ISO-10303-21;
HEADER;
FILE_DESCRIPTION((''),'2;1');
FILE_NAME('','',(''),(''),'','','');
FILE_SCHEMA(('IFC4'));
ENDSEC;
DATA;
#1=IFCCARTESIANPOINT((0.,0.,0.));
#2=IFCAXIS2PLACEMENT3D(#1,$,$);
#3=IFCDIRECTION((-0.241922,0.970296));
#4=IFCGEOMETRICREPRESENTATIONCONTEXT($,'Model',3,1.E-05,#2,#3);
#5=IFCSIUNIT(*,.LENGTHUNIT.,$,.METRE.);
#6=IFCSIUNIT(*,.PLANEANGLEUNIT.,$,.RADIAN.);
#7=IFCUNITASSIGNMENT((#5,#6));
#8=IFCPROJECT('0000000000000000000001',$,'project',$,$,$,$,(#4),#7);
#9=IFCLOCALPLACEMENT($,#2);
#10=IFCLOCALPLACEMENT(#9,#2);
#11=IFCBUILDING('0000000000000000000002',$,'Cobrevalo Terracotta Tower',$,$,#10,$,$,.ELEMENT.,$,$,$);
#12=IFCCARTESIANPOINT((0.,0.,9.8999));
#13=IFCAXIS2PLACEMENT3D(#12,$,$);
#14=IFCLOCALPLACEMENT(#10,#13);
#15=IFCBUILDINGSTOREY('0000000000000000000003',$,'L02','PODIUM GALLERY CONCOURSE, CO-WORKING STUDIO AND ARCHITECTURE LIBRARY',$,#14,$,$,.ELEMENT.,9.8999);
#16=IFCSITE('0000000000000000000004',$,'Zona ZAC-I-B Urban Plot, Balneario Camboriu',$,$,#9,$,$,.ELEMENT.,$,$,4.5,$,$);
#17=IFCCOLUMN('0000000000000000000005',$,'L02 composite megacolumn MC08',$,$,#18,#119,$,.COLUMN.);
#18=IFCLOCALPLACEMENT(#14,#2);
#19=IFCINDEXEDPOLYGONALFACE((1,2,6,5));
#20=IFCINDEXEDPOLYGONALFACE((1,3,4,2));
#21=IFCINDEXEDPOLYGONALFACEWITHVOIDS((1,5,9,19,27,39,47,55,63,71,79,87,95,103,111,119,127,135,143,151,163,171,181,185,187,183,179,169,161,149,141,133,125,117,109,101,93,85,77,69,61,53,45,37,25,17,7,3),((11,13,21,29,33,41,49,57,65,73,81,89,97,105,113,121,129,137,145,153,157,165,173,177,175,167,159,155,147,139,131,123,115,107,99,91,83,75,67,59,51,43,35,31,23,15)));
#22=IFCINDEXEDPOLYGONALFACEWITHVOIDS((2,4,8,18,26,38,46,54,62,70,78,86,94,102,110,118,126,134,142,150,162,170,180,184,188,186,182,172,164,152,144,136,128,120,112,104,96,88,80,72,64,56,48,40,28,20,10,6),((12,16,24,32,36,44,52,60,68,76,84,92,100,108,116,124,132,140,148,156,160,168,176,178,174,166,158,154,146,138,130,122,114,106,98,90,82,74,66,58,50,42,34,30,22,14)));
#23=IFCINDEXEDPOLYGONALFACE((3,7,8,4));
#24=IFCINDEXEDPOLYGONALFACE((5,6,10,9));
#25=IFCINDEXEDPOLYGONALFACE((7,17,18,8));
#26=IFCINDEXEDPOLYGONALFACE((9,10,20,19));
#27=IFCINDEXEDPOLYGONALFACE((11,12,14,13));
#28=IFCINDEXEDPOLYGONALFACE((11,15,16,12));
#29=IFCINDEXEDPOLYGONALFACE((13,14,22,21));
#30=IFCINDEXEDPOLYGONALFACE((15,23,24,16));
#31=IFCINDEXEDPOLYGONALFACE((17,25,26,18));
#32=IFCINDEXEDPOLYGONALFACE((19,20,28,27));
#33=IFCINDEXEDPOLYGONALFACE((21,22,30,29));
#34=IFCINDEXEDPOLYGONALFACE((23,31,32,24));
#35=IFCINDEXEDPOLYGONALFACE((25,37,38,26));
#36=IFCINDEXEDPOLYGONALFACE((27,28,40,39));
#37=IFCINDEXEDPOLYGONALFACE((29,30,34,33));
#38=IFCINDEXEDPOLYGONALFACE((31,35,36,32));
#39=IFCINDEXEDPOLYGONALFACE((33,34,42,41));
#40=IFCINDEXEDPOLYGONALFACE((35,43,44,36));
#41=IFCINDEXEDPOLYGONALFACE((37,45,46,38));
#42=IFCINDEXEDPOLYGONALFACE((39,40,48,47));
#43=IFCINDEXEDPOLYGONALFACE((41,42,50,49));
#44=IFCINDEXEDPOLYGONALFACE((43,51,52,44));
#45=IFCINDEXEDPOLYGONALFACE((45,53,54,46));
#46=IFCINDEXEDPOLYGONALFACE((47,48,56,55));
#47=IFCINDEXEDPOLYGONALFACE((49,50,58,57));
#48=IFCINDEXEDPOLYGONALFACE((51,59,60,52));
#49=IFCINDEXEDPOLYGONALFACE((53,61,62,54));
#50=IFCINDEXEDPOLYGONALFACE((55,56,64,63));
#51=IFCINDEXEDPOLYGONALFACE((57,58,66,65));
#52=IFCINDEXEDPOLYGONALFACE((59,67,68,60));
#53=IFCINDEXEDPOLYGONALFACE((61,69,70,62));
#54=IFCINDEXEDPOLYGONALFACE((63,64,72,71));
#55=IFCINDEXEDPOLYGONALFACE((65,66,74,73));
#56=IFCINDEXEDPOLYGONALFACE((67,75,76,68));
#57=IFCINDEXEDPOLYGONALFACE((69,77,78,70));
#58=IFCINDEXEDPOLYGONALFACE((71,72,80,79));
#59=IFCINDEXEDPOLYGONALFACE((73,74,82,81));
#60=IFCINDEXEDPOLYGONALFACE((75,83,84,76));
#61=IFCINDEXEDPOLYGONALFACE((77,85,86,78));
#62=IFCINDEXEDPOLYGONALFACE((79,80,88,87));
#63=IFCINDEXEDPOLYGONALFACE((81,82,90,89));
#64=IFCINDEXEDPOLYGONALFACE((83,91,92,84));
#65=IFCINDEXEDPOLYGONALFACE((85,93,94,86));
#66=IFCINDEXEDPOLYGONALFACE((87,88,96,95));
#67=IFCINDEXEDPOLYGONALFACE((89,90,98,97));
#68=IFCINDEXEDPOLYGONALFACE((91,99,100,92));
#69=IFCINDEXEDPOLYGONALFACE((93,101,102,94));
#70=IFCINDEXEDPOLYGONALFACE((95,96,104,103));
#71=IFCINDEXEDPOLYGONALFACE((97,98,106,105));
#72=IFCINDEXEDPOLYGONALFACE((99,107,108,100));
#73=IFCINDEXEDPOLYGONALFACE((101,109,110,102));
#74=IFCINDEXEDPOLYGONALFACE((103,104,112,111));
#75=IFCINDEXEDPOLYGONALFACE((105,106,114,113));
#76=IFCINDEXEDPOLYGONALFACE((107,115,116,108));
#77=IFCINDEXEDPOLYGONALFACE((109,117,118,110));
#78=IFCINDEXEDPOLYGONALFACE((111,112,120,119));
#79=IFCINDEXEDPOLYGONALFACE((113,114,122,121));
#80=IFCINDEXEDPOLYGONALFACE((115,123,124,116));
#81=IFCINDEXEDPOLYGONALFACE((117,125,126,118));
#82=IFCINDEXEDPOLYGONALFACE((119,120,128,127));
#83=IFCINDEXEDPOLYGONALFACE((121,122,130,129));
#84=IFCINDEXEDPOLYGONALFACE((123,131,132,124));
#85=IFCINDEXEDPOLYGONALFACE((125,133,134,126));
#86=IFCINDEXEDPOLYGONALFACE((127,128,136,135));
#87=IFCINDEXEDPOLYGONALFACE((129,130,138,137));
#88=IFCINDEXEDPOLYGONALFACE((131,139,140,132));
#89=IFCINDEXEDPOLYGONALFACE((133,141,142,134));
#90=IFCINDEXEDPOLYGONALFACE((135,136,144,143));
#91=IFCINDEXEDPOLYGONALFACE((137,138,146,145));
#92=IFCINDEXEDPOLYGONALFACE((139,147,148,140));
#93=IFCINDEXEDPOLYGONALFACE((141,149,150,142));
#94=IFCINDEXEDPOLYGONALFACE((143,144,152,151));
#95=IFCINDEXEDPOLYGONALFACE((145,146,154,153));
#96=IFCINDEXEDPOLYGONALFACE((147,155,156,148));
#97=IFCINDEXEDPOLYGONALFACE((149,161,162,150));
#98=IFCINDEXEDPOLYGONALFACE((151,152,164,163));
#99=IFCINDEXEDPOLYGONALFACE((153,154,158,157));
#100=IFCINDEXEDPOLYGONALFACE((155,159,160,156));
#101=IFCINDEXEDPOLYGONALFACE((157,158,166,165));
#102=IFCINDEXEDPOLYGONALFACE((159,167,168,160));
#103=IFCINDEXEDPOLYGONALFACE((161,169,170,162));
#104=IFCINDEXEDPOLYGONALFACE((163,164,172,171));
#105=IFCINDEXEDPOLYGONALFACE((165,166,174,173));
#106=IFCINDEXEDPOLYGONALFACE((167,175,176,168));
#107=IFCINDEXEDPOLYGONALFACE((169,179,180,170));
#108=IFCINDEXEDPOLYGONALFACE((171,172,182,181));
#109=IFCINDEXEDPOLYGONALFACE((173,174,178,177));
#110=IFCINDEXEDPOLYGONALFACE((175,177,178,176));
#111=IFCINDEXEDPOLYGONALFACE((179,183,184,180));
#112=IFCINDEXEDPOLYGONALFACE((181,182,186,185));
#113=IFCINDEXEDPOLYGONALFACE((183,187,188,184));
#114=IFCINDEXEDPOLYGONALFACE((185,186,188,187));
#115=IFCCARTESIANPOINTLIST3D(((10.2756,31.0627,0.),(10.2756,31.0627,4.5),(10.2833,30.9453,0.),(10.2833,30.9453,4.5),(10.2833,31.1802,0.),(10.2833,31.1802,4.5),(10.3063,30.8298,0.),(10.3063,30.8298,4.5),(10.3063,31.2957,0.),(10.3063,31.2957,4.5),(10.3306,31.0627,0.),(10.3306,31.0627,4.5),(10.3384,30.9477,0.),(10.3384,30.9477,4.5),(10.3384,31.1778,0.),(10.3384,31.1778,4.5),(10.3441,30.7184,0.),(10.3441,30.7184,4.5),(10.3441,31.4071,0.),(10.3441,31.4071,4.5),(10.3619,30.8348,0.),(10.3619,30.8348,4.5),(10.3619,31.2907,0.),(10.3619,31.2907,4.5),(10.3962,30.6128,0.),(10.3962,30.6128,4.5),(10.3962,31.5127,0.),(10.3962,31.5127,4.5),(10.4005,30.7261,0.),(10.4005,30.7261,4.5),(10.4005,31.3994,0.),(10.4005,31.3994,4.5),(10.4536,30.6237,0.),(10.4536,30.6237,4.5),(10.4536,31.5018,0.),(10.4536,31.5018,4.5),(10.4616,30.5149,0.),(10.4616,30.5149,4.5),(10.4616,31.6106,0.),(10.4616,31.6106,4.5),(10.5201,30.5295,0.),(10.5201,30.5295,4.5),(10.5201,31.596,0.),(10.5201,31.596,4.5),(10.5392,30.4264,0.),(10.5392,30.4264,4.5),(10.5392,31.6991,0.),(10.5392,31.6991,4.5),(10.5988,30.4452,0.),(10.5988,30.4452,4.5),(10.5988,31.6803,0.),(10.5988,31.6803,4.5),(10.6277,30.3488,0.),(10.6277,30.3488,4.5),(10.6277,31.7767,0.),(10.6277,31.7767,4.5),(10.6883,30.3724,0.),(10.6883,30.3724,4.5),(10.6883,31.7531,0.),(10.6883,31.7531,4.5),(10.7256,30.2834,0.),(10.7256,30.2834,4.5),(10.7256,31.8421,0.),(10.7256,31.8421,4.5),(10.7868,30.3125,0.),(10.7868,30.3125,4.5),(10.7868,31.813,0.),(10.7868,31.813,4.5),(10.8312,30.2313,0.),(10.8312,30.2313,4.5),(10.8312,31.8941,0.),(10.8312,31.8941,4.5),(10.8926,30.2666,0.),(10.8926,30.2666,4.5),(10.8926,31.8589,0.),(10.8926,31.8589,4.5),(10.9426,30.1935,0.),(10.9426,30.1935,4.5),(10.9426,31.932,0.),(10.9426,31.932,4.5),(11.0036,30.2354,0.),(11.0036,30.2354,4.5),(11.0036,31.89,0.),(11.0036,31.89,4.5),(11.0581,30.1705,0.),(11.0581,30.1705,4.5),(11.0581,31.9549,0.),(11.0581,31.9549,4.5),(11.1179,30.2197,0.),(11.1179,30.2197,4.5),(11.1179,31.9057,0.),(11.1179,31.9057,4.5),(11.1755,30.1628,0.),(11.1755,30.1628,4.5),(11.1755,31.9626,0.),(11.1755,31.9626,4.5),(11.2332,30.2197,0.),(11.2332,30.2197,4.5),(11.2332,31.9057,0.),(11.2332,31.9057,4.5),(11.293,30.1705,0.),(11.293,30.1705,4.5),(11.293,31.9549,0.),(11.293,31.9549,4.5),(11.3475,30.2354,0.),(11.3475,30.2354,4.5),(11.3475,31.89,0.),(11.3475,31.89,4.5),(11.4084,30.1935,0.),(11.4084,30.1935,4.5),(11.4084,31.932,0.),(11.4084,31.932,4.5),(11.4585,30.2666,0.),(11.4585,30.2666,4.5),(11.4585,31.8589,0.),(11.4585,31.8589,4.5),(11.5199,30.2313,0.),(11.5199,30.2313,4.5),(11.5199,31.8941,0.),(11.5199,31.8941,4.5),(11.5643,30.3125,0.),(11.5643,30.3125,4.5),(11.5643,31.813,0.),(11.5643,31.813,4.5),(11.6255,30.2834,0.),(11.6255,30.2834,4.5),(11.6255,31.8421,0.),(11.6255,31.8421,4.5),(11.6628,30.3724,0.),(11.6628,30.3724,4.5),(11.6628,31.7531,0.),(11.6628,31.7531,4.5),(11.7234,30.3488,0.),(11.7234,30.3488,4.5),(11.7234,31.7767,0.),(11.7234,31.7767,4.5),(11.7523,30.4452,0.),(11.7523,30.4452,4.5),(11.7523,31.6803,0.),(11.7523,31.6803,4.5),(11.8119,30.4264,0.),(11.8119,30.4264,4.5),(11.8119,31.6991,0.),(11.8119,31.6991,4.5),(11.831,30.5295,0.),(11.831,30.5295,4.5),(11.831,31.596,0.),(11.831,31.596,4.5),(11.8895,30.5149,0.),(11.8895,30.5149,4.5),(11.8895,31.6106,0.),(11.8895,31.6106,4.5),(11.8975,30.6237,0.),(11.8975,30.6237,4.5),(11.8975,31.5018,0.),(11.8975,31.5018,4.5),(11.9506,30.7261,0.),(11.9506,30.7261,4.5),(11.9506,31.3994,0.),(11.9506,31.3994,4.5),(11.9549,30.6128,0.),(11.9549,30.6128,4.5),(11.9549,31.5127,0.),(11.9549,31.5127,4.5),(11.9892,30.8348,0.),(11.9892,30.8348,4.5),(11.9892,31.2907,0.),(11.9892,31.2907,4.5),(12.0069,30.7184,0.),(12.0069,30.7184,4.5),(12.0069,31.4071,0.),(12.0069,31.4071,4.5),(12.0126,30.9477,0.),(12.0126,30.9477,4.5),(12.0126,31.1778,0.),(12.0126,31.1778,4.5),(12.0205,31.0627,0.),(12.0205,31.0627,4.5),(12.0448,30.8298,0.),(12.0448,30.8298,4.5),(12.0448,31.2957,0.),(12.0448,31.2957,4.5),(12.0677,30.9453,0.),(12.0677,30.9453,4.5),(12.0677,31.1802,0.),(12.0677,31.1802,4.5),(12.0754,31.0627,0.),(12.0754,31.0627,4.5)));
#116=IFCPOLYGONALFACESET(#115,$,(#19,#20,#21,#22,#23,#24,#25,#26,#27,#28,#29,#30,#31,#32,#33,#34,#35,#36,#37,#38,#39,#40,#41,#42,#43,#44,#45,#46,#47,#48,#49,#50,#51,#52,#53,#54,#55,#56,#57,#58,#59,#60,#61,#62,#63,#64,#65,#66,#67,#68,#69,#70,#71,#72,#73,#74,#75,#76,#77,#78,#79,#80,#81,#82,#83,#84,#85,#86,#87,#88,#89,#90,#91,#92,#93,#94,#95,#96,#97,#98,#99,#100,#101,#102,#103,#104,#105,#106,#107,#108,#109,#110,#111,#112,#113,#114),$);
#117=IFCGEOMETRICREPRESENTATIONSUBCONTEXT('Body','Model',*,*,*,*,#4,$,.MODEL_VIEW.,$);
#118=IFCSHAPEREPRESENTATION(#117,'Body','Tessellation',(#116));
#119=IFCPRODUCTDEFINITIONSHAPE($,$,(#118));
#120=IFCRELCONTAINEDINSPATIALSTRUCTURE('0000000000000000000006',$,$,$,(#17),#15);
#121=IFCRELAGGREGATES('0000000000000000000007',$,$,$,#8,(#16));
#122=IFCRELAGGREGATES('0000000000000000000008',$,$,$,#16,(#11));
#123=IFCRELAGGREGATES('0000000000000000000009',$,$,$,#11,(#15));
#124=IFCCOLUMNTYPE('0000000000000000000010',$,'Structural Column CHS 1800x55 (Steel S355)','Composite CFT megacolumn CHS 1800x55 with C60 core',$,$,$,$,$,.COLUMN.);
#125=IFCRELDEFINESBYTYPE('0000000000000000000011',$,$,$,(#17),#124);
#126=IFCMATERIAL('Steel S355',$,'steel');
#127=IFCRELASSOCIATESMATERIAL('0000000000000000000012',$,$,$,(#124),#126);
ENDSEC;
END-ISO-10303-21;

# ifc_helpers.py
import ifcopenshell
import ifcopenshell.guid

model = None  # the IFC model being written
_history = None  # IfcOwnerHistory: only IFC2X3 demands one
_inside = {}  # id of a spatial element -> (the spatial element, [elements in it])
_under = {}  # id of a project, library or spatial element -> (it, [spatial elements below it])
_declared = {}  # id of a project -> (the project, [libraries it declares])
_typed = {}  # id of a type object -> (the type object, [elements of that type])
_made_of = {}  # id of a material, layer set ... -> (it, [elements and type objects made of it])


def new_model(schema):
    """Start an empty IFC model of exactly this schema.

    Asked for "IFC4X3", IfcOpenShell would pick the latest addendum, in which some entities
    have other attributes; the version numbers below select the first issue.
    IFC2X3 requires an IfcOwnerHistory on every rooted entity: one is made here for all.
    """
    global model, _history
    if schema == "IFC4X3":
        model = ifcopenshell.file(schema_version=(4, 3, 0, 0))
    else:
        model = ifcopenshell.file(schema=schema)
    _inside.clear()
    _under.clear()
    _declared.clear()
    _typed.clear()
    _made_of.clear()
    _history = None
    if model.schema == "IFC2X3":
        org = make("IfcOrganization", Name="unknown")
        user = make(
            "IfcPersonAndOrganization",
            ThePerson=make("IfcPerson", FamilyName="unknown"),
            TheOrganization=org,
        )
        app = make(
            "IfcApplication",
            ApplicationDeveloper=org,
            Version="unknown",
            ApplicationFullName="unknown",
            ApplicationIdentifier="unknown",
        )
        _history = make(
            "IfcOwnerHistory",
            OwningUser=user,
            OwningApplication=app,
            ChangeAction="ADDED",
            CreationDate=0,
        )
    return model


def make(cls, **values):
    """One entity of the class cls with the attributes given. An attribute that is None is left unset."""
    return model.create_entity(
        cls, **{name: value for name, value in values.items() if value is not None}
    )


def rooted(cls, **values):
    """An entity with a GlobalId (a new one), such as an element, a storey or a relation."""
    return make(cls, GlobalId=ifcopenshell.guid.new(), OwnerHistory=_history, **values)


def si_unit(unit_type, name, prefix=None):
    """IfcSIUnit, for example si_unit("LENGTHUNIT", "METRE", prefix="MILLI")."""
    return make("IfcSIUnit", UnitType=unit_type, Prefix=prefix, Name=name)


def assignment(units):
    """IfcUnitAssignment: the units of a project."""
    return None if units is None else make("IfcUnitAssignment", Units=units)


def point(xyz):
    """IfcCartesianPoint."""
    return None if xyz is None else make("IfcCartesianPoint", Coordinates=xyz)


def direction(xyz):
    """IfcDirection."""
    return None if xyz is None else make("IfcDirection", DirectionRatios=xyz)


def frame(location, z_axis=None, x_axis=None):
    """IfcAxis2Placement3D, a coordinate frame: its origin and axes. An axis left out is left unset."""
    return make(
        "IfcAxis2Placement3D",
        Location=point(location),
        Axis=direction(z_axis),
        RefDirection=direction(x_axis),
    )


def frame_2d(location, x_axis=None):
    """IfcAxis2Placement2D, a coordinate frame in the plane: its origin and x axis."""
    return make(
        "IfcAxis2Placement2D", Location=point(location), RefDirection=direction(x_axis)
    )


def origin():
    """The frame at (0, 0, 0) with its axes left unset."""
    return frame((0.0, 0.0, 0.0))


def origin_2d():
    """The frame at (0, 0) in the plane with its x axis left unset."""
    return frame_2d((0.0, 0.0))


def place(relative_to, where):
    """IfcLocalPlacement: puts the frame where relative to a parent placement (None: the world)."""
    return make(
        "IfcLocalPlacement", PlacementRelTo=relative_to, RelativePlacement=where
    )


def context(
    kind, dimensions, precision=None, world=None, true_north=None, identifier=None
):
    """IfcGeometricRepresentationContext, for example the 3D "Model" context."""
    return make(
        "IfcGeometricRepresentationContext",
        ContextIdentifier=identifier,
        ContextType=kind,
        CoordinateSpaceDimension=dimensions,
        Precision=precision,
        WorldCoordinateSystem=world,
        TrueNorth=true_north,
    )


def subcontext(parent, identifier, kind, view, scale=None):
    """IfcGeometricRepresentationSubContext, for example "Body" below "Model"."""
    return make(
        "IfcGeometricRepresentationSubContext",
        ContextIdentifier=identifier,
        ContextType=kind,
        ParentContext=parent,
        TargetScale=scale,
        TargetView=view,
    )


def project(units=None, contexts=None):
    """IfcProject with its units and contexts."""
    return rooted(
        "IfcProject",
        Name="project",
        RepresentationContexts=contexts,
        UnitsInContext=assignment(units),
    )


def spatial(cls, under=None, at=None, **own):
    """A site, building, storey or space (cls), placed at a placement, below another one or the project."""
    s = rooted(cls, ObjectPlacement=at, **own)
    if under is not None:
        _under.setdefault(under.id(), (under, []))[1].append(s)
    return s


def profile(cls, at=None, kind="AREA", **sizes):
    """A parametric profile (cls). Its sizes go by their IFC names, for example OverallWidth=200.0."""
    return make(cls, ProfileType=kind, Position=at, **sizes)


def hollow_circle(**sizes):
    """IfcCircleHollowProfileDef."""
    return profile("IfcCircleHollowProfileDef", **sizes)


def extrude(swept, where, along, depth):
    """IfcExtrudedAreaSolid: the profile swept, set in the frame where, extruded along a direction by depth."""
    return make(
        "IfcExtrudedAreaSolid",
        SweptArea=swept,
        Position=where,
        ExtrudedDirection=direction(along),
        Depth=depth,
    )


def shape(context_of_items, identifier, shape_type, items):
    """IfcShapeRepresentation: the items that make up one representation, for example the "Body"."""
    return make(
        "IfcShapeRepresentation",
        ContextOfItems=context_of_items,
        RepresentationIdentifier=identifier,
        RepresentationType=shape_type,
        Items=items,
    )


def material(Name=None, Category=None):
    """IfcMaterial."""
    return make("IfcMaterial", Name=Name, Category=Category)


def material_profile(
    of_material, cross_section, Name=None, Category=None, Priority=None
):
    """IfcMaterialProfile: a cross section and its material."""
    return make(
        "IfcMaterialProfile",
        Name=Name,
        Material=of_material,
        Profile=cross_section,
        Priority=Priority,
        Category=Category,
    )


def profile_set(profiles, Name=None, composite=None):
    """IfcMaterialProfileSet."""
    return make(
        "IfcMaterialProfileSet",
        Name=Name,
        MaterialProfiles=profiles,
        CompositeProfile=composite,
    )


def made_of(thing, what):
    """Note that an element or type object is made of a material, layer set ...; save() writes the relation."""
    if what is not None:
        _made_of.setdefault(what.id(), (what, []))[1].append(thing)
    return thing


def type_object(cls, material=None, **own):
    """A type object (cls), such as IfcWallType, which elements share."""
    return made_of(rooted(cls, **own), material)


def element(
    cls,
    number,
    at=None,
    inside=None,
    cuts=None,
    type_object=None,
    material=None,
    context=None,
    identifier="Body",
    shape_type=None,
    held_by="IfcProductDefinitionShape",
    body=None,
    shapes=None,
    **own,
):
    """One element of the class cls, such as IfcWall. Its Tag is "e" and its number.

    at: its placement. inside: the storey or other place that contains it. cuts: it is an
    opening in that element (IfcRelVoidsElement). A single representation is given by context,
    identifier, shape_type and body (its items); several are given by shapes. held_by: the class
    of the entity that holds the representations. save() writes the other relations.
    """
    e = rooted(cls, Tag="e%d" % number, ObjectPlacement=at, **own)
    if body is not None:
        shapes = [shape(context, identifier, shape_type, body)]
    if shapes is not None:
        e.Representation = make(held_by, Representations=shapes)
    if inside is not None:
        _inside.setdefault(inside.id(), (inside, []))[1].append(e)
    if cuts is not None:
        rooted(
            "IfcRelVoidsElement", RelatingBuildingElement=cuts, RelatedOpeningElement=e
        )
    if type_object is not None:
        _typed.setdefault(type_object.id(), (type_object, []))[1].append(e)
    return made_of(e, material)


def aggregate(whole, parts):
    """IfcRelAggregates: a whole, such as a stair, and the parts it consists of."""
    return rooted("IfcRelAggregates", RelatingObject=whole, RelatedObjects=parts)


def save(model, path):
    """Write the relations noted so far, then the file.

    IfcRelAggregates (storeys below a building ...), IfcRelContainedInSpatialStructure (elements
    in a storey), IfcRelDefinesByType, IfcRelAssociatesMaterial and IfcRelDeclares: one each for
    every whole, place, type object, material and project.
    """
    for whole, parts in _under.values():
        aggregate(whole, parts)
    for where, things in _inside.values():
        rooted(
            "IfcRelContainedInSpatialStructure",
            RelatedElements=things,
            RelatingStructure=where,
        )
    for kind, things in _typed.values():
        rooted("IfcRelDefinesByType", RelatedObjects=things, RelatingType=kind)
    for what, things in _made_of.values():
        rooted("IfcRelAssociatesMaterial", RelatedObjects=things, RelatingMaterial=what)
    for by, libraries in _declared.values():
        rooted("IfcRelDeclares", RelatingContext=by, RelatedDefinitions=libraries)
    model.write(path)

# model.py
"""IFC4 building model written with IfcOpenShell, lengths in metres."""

from ifc_helpers import new_model, si_unit, direction, frame, origin, origin_2d, place, context, subcontext, project, spatial, hollow_circle, extrude, material, material_profile, profile_set, type_object, element, save


model = new_model("IFC4")

# Units and contexts
model_context = context("Model", 3, precision=1e-05, world=origin(), true_north=direction((-0.241922, 0.970296)))
body_context = subcontext(model_context, "Body", "Model", "MODEL_VIEW")
ifc_project = project(units=[si_unit("LENGTHUNIT", "METRE"), si_unit("PLANEANGLEUNIT", "RADIAN")], contexts=[model_context])

# Site, building, storey
site_placement = place(None, origin())
site = spatial("IfcSite", under=ifc_project, at=site_placement, Name="Zona ZAC-I-B Urban Plot, Balneario Camboriu", CompositionType="ELEMENT", RefElevation=4.5)
building_placement = place(site_placement, origin())
building = spatial("IfcBuilding", under=site, at=building_placement, Name="Cobrevalo Terracotta Tower", CompositionType="ELEMENT")
storey_placement = place(building_placement, frame((0.0, 0.0, 9.8999)))
storey = spatial("IfcBuildingStorey", under=building, at=storey_placement, Name="L02", Description="PODIUM GALLERY CONCOURSE, CO-WORKING STUDIO AND ARCHITECTURE LIBRARY", CompositionType="ELEMENT", Elevation=9.8999)

# Column
ifc_material_1 = material(Name="Steel S355", Category="steel")
ifc_material_profile_1 = material_profile(ifc_material_1, hollow_circle(Radius=0.8999, WallThickness=0.0549, at=origin_2d()), Name="CHS 1800x55")
ifc_profile_set_1 = profile_set([ifc_material_profile_1], Name="Steel S355")
column_type_1 = type_object("IfcColumnType", Name="Structural Column CHS 1800x55 (Steel S355)", Description="Composite CFT megacolumn CHS 1800x55 with C60 core", PredefinedType="COLUMN", material=ifc_profile_set_1)
for number, where, z_axis, x_axis, name in (
    (1, (11.1755, 31.0627, 0.0), (0.0, 0.0, 1.0), (1.0, 0.0, 0.0), "L02 composite megacolumn MC08"),
):
    element("IfcColumn", number, at=place(storey_placement, frame(where, z_axis=z_axis, x_axis=x_axis)), inside=storey, type_object=column_type_1, Name=name, PredefinedType="COLUMN", context=body_context, shape_type="SweptSolid", body=[
        extrude(hollow_circle(Radius=0.8999, WallThickness=0.0549, at=origin_2d()), origin(), (0.0, 0.0, 1.0), 4.5),
    ])

save(model, "model.ifc")
